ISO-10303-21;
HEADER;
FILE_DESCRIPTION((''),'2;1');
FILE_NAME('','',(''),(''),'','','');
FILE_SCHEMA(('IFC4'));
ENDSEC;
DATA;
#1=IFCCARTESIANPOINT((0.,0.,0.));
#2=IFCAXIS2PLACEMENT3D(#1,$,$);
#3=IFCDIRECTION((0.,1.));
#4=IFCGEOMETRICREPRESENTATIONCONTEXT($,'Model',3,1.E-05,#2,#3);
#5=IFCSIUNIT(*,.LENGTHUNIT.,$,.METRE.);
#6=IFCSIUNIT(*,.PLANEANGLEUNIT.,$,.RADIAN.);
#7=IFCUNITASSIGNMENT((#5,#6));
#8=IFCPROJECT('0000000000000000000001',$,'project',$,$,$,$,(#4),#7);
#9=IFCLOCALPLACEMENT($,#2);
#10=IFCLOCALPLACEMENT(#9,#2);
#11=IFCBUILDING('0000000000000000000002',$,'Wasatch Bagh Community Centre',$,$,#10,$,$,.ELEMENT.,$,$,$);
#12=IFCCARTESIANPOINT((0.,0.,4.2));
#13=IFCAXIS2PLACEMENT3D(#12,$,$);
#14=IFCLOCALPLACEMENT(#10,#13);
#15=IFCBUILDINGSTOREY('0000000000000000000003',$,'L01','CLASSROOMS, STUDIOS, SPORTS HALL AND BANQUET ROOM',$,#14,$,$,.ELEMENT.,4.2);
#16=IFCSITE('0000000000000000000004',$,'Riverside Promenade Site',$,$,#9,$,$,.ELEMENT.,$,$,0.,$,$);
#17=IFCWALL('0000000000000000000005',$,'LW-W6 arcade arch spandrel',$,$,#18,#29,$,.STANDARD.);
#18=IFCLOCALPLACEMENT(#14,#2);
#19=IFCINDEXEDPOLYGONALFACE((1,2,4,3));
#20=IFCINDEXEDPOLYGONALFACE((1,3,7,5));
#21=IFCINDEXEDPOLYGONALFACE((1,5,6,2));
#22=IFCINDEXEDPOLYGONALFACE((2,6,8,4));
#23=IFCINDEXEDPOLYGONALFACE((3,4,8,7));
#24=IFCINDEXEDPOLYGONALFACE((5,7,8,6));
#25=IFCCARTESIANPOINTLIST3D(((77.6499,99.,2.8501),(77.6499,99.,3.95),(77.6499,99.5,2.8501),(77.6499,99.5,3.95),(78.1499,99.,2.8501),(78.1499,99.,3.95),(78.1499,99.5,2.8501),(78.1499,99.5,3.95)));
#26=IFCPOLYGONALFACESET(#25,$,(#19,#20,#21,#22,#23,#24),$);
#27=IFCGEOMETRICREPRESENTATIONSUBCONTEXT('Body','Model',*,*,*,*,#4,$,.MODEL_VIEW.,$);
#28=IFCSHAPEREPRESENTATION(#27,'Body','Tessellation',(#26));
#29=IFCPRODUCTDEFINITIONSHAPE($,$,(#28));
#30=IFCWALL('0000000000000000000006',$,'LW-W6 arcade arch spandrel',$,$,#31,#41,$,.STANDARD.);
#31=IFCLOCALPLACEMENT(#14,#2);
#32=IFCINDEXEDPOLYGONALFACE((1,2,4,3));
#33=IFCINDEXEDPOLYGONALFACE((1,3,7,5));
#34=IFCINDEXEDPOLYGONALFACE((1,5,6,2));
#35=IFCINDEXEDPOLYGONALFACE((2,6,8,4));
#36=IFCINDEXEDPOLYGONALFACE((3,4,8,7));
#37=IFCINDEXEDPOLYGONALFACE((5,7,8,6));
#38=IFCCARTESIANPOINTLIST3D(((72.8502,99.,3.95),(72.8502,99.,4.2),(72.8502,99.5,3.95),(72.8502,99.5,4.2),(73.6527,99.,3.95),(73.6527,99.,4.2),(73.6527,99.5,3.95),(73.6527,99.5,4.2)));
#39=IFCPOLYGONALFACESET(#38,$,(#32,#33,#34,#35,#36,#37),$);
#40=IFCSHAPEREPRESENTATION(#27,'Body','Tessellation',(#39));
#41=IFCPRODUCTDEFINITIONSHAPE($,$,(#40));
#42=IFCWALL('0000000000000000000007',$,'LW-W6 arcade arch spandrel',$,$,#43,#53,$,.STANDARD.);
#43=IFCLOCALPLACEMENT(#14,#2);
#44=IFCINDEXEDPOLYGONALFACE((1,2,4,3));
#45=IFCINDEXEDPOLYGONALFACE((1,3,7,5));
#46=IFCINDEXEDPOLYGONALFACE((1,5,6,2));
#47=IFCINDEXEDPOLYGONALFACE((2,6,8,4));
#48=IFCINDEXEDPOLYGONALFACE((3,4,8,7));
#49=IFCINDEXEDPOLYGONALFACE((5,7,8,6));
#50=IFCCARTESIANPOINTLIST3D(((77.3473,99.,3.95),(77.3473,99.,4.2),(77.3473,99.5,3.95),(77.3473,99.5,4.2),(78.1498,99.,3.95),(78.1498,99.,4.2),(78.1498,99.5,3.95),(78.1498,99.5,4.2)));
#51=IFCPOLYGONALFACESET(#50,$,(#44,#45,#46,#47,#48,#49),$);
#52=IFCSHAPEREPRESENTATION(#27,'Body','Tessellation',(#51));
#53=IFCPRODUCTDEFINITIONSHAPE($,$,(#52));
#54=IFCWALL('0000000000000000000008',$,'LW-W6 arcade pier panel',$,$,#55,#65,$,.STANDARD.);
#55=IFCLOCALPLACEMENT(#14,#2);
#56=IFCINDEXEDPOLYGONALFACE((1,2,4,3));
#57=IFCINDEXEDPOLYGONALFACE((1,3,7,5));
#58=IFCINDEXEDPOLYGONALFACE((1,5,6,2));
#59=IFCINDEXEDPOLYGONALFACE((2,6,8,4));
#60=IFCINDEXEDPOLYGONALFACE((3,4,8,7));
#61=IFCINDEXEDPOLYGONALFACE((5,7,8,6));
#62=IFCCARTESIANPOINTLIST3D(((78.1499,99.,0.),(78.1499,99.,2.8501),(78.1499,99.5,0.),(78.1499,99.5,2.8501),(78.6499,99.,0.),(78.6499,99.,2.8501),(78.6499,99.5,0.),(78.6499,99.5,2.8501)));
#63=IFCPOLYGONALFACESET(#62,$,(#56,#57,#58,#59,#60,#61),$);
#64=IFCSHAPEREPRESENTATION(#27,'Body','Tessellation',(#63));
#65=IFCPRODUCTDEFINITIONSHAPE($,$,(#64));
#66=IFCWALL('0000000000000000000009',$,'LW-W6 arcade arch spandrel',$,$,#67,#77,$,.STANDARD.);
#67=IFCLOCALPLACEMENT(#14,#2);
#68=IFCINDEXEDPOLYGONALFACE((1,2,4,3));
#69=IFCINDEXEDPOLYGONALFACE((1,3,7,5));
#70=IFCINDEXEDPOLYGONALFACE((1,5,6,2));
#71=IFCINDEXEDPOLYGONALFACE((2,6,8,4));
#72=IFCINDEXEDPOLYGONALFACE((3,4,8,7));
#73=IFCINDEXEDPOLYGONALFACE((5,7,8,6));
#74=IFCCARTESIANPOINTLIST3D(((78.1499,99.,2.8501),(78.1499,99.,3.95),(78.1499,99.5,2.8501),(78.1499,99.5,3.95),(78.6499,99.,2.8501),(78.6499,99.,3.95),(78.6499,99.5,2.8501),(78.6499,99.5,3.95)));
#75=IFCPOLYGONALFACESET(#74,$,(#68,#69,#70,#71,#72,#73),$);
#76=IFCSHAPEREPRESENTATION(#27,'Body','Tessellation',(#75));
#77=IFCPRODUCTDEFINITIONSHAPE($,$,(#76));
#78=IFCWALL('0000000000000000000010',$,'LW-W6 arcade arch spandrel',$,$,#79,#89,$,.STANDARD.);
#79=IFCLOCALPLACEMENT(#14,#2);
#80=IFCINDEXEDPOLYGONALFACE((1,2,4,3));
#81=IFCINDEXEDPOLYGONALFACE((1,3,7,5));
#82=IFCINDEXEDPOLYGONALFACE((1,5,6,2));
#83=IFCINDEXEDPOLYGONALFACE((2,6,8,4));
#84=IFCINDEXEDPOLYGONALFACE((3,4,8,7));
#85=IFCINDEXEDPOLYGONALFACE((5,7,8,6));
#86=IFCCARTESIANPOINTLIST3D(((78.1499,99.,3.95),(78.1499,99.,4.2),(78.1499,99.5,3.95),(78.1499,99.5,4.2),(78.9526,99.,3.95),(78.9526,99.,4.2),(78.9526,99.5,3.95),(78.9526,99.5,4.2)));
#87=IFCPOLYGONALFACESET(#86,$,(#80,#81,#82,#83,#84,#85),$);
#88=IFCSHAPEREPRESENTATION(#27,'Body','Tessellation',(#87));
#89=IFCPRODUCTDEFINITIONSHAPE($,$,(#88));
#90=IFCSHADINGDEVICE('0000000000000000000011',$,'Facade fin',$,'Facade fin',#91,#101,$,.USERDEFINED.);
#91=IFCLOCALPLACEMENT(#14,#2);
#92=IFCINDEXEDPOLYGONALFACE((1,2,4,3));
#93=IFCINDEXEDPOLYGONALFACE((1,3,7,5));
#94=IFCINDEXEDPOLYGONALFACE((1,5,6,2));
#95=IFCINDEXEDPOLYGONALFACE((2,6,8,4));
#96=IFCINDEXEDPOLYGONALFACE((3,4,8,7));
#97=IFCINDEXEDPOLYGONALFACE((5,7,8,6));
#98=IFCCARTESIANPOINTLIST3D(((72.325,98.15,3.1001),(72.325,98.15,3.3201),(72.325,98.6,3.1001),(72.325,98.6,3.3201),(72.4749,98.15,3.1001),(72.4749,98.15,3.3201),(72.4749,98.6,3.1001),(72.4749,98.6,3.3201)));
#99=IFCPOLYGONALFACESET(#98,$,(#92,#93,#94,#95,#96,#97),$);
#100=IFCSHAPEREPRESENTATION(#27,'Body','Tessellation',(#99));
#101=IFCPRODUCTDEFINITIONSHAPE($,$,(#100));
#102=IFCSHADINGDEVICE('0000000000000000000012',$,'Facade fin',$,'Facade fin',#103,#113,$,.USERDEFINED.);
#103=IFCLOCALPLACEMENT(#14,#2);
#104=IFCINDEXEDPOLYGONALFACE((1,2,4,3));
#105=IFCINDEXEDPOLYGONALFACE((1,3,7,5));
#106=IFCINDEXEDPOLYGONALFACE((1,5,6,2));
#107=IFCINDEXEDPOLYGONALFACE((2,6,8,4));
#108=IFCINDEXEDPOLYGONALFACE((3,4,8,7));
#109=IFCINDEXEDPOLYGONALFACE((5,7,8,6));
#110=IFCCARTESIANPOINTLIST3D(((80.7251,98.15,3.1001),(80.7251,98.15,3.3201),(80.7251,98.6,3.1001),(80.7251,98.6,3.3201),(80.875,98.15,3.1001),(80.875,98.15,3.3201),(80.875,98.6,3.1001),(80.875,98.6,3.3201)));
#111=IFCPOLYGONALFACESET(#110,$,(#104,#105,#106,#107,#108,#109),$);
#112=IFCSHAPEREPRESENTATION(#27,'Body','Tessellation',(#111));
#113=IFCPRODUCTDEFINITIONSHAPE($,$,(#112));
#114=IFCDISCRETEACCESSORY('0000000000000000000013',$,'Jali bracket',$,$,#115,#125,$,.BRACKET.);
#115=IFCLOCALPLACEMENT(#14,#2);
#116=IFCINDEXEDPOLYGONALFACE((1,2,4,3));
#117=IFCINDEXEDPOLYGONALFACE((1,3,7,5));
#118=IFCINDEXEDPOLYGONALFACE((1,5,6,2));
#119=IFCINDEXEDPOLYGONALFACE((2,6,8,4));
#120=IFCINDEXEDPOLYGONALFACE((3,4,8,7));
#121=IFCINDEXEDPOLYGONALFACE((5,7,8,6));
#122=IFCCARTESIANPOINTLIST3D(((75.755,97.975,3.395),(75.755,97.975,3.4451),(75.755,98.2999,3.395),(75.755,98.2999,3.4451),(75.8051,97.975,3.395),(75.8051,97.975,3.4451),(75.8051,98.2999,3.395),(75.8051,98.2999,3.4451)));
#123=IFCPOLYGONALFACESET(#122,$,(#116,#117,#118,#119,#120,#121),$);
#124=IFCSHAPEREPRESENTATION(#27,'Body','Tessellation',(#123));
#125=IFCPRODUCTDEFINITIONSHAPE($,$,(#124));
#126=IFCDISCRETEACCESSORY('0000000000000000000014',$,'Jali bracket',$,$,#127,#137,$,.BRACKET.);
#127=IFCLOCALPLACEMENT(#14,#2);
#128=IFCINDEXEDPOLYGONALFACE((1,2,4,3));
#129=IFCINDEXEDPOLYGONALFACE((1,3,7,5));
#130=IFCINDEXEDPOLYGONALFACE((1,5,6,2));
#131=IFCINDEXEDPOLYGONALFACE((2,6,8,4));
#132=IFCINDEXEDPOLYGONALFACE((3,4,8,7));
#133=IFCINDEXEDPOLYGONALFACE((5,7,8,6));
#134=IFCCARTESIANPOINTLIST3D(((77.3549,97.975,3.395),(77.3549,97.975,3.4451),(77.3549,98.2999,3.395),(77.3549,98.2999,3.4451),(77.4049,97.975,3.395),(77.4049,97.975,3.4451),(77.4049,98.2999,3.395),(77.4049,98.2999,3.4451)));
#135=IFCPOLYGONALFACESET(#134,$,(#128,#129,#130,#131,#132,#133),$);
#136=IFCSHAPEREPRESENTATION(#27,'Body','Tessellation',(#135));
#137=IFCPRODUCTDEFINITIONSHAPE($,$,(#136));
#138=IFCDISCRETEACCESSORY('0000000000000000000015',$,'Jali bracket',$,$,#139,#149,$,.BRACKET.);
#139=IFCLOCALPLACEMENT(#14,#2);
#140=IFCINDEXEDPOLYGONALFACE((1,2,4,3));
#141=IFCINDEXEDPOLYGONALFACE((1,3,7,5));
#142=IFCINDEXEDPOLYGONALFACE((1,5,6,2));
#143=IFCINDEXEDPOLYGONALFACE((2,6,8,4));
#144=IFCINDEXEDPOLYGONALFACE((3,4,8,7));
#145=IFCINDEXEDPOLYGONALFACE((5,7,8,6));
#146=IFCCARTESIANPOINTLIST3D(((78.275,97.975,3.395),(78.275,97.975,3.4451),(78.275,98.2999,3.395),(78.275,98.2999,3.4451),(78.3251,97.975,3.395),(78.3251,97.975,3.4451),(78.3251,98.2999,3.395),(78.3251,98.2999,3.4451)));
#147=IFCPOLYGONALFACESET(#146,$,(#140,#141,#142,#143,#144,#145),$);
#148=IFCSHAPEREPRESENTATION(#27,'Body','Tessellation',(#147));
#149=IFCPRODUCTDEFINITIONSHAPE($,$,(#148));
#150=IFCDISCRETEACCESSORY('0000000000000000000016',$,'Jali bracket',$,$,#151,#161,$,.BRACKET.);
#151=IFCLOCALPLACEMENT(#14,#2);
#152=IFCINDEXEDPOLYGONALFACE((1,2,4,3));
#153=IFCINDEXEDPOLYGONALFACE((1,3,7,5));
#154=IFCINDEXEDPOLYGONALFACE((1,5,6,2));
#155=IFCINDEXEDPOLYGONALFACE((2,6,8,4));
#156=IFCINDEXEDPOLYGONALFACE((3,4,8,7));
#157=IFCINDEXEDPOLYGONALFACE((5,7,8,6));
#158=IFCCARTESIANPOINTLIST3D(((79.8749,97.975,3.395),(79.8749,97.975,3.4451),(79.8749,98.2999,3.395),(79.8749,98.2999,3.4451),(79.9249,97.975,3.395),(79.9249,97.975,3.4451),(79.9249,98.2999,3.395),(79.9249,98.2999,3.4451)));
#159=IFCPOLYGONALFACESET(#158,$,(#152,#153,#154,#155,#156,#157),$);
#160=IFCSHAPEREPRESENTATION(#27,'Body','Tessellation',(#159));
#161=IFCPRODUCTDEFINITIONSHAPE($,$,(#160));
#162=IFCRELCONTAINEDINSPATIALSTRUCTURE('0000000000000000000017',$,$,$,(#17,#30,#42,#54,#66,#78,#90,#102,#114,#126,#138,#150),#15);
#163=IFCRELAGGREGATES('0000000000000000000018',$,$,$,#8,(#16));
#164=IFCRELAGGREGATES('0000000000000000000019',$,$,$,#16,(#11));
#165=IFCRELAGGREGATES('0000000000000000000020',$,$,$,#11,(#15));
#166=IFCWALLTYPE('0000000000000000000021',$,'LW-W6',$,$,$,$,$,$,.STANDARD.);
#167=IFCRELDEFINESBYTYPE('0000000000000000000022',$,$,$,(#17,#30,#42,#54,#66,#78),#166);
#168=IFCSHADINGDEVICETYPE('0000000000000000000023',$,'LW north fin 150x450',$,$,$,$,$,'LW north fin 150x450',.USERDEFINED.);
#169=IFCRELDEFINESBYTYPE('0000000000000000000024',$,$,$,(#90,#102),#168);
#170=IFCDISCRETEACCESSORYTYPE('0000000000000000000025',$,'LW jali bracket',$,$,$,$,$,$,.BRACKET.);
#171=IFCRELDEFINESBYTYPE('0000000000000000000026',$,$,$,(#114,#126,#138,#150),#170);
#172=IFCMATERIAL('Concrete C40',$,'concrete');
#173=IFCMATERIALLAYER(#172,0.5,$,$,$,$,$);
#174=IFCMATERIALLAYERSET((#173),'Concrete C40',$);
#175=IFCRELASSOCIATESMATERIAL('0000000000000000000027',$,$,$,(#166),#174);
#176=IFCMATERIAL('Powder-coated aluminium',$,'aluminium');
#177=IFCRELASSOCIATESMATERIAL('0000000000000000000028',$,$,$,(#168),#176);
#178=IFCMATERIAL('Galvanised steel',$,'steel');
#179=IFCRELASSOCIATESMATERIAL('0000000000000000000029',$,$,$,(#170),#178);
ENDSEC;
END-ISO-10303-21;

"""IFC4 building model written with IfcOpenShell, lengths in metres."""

from ifc_helpers import new_model, si_unit, direction, frame, frame_2d, origin, origin_2d, place, context, subcontext, project, spatial, rectangle, extrude, material, layer, layer_set, type_object, element, save


model = new_model("IFC4")

# Units and contexts
model_context = context("Model", 3, precision=1e-05, world=origin(), true_north=direction((0.0, 1.0)))
body_context = subcontext(model_context, "Body", "Model", "MODEL_VIEW")
ifc_project = project(units=[si_unit("LENGTHUNIT", "METRE"), si_unit("PLANEANGLEUNIT", "RADIAN")], contexts=[model_context])

# Site, building, storey
site_placement = place(None, origin())
site = spatial("IfcSite", under=ifc_project, at=site_placement, Name="Riverside Promenade Site", CompositionType="ELEMENT", RefElevation=0.0)
building_placement = place(site_placement, origin())
building = spatial("IfcBuilding", under=site, at=building_placement, Name="Wasatch Bagh Community Centre", CompositionType="ELEMENT")
storey_placement = place(building_placement, frame((0.0, 0.0, 4.2)))
storey = spatial("IfcBuildingStorey", under=building, at=storey_placement, Name="L01", Description="CLASSROOMS, STUDIOS, SPORTS HALL AND BANQUET ROOM", CompositionType="ELEMENT", Elevation=4.2)

# Shared definitions
ifc_material_1 = material(Name="Concrete C40", Category="concrete")

# Walls
ifc_layer_1 = layer(ifc_material_1, 0.5)
ifc_layer_set_1 = layer_set([ifc_layer_1], Name="Concrete C40")
wall_type_1 = type_object("IfcWallType", Name="LW-W6", PredefinedType="STANDARD", material=ifc_layer_set_1)
for number, where, z_axis, x_axis, name in (
    (1, (78.1499, 99.25, 2.8501), (0.0, 0.0, 1.0), (-1.0, 0.0, 0.0), "LW-W6 arcade arch spandrel"),
):
    element("IfcWall", number, at=place(storey_placement, frame(where, z_axis=z_axis, x_axis=x_axis)), inside=storey, type_object=wall_type_1, Name=name, PredefinedType="STANDARD", context=body_context, shape_type="SweptSolid", body=[
        extrude(rectangle(XDim=0.5, YDim=0.5, at=frame_2d((0.25, 0.0))), origin(), (0.0, 0.0, 1.0), 1.0999),
    ])
for number, where, z_axis, x_axis, name in (
    (2, (72.8501, 99.25, 3.95), (0.0, 0.0, 1.0), (1.0, 0.0, 0.0), "LW-W6 arcade arch spandrel"),
    (3, (78.1499, 99.25, 3.95), (0.0, 0.0, 1.0), (-1.0, 0.0, 0.0), "LW-W6 arcade arch spandrel"),
):
    element("IfcWall", number, at=place(storey_placement, frame(where, z_axis=z_axis, x_axis=x_axis)), inside=storey, type_object=wall_type_1, Name=name, PredefinedType="STANDARD", context=body_context, shape_type="SweptSolid", body=[
        extrude(rectangle(XDim=0.8025, YDim=0.5, at=frame_2d((0.4014, 0.0))), origin(), (0.0, 0.0, 1.0), 0.25),
    ])
wall_1_placement = place(storey_placement, frame((78.1499, 99.25, 0.0), z_axis=(0.0, 0.0, 1.0), x_axis=(1.0, 0.0, 0.0)))
element("IfcWall", 4, at=wall_1_placement, inside=storey, type_object=wall_type_1, Name="LW-W6 arcade pier panel", PredefinedType="STANDARD", context=body_context, shape_type="SweptSolid", body=[
    extrude(rectangle(XDim=0.5, YDim=0.5, at=frame_2d((0.25, 0.0))), origin(), (0.0, 0.0, 1.0), 2.8501),
])
wall_2_placement = place(storey_placement, frame((78.1499, 99.25, 2.8501), z_axis=(0.0, 0.0, 1.0), x_axis=(1.0, 0.0, 0.0)))
element("IfcWall", 5, at=wall_2_placement, inside=storey, type_object=wall_type_1, Name="LW-W6 arcade arch spandrel", PredefinedType="STANDARD", context=body_context, shape_type="SweptSolid", body=[
    extrude(rectangle(XDim=0.5, YDim=0.5, at=frame_2d((0.25, 0.0))), origin(), (0.0, 0.0, 1.0), 1.0999),
])
wall_3_placement = place(storey_placement, frame((78.1499, 99.25, 3.95), z_axis=(0.0, 0.0, 1.0), x_axis=(1.0, 0.0, 0.0)))
element("IfcWall", 6, at=wall_3_placement, inside=storey, type_object=wall_type_1, Name="LW-W6 arcade arch spandrel", PredefinedType="STANDARD", context=body_context, shape_type="SweptSolid", body=[
    extrude(rectangle(XDim=0.8027, YDim=0.5, at=frame_2d((0.4014, 0.0))), origin(), (0.0, 0.0, 1.0), 0.25),
])

# Shading devices
ifc_material_2 = material(Name="Powder-coated aluminium", Category="aluminium")
shading_device_type = type_object("IfcShadingDeviceType", Name="LW north fin 150x450", ElementType="LW north fin 150x450", PredefinedType="USERDEFINED", material=ifc_material_2)
for number, where, z_axis, x_axis, name in (
    (7, (72.3999, 98.375, 3.1001), (0.0, 0.0, 1.0), (1.0, 0.0, 0.0), "Facade fin"),
    (8, (80.8, 98.375, 3.1001), (0.0, 0.0, 1.0), (1.0, 0.0, 0.0), "Facade fin"),
):
    element("IfcShadingDevice", number, at=place(storey_placement, frame(where, z_axis=z_axis, x_axis=x_axis)), inside=storey, type_object=shading_device_type, Name=name, ObjectType="Facade fin", PredefinedType="USERDEFINED", context=body_context, shape_type="SweptSolid", body=[
        extrude(rectangle(XDim=0.1499, YDim=0.45, at=origin_2d()), origin(), (0.0, 0.0, 1.0), 0.22),
    ])

# Discrete accessories
ifc_material_3 = material(Name="Galvanised steel", Category="steel")
discrete_accessory_type = type_object("IfcDiscreteAccessoryType", Name="LW jali bracket", PredefinedType="BRACKET", material=ifc_material_3)
for number, where, z_axis, x_axis, name in (
    (9, (75.78, 98.1375, 3.395), (0.0, 0.0, 1.0), (1.0, 0.0, 0.0), "Jali bracket"),
    (10, (77.3799, 98.1375, 3.395), (0.0, 0.0, 1.0), (1.0, 0.0, 0.0), "Jali bracket"),
    (11, (78.3, 98.1375, 3.395), (0.0, 0.0, 1.0), (1.0, 0.0, 0.0), "Jali bracket"),
    (12, (79.8999, 98.1375, 3.395), (0.0, 0.0, 1.0), (1.0, 0.0, 0.0), "Jali bracket"),
):
    element("IfcDiscreteAccessory", number, at=place(storey_placement, frame(where, z_axis=z_axis, x_axis=x_axis)), inside=storey, type_object=discrete_accessory_type, Name=name, PredefinedType="BRACKET", context=body_context, shape_type="SweptSolid", body=[
        extrude(rectangle(XDim=0.05, YDim=0.325, at=origin_2d()), origin(), (0.0, 0.0, 1.0), 0.05),
    ])

save(model, "model.ifc")
